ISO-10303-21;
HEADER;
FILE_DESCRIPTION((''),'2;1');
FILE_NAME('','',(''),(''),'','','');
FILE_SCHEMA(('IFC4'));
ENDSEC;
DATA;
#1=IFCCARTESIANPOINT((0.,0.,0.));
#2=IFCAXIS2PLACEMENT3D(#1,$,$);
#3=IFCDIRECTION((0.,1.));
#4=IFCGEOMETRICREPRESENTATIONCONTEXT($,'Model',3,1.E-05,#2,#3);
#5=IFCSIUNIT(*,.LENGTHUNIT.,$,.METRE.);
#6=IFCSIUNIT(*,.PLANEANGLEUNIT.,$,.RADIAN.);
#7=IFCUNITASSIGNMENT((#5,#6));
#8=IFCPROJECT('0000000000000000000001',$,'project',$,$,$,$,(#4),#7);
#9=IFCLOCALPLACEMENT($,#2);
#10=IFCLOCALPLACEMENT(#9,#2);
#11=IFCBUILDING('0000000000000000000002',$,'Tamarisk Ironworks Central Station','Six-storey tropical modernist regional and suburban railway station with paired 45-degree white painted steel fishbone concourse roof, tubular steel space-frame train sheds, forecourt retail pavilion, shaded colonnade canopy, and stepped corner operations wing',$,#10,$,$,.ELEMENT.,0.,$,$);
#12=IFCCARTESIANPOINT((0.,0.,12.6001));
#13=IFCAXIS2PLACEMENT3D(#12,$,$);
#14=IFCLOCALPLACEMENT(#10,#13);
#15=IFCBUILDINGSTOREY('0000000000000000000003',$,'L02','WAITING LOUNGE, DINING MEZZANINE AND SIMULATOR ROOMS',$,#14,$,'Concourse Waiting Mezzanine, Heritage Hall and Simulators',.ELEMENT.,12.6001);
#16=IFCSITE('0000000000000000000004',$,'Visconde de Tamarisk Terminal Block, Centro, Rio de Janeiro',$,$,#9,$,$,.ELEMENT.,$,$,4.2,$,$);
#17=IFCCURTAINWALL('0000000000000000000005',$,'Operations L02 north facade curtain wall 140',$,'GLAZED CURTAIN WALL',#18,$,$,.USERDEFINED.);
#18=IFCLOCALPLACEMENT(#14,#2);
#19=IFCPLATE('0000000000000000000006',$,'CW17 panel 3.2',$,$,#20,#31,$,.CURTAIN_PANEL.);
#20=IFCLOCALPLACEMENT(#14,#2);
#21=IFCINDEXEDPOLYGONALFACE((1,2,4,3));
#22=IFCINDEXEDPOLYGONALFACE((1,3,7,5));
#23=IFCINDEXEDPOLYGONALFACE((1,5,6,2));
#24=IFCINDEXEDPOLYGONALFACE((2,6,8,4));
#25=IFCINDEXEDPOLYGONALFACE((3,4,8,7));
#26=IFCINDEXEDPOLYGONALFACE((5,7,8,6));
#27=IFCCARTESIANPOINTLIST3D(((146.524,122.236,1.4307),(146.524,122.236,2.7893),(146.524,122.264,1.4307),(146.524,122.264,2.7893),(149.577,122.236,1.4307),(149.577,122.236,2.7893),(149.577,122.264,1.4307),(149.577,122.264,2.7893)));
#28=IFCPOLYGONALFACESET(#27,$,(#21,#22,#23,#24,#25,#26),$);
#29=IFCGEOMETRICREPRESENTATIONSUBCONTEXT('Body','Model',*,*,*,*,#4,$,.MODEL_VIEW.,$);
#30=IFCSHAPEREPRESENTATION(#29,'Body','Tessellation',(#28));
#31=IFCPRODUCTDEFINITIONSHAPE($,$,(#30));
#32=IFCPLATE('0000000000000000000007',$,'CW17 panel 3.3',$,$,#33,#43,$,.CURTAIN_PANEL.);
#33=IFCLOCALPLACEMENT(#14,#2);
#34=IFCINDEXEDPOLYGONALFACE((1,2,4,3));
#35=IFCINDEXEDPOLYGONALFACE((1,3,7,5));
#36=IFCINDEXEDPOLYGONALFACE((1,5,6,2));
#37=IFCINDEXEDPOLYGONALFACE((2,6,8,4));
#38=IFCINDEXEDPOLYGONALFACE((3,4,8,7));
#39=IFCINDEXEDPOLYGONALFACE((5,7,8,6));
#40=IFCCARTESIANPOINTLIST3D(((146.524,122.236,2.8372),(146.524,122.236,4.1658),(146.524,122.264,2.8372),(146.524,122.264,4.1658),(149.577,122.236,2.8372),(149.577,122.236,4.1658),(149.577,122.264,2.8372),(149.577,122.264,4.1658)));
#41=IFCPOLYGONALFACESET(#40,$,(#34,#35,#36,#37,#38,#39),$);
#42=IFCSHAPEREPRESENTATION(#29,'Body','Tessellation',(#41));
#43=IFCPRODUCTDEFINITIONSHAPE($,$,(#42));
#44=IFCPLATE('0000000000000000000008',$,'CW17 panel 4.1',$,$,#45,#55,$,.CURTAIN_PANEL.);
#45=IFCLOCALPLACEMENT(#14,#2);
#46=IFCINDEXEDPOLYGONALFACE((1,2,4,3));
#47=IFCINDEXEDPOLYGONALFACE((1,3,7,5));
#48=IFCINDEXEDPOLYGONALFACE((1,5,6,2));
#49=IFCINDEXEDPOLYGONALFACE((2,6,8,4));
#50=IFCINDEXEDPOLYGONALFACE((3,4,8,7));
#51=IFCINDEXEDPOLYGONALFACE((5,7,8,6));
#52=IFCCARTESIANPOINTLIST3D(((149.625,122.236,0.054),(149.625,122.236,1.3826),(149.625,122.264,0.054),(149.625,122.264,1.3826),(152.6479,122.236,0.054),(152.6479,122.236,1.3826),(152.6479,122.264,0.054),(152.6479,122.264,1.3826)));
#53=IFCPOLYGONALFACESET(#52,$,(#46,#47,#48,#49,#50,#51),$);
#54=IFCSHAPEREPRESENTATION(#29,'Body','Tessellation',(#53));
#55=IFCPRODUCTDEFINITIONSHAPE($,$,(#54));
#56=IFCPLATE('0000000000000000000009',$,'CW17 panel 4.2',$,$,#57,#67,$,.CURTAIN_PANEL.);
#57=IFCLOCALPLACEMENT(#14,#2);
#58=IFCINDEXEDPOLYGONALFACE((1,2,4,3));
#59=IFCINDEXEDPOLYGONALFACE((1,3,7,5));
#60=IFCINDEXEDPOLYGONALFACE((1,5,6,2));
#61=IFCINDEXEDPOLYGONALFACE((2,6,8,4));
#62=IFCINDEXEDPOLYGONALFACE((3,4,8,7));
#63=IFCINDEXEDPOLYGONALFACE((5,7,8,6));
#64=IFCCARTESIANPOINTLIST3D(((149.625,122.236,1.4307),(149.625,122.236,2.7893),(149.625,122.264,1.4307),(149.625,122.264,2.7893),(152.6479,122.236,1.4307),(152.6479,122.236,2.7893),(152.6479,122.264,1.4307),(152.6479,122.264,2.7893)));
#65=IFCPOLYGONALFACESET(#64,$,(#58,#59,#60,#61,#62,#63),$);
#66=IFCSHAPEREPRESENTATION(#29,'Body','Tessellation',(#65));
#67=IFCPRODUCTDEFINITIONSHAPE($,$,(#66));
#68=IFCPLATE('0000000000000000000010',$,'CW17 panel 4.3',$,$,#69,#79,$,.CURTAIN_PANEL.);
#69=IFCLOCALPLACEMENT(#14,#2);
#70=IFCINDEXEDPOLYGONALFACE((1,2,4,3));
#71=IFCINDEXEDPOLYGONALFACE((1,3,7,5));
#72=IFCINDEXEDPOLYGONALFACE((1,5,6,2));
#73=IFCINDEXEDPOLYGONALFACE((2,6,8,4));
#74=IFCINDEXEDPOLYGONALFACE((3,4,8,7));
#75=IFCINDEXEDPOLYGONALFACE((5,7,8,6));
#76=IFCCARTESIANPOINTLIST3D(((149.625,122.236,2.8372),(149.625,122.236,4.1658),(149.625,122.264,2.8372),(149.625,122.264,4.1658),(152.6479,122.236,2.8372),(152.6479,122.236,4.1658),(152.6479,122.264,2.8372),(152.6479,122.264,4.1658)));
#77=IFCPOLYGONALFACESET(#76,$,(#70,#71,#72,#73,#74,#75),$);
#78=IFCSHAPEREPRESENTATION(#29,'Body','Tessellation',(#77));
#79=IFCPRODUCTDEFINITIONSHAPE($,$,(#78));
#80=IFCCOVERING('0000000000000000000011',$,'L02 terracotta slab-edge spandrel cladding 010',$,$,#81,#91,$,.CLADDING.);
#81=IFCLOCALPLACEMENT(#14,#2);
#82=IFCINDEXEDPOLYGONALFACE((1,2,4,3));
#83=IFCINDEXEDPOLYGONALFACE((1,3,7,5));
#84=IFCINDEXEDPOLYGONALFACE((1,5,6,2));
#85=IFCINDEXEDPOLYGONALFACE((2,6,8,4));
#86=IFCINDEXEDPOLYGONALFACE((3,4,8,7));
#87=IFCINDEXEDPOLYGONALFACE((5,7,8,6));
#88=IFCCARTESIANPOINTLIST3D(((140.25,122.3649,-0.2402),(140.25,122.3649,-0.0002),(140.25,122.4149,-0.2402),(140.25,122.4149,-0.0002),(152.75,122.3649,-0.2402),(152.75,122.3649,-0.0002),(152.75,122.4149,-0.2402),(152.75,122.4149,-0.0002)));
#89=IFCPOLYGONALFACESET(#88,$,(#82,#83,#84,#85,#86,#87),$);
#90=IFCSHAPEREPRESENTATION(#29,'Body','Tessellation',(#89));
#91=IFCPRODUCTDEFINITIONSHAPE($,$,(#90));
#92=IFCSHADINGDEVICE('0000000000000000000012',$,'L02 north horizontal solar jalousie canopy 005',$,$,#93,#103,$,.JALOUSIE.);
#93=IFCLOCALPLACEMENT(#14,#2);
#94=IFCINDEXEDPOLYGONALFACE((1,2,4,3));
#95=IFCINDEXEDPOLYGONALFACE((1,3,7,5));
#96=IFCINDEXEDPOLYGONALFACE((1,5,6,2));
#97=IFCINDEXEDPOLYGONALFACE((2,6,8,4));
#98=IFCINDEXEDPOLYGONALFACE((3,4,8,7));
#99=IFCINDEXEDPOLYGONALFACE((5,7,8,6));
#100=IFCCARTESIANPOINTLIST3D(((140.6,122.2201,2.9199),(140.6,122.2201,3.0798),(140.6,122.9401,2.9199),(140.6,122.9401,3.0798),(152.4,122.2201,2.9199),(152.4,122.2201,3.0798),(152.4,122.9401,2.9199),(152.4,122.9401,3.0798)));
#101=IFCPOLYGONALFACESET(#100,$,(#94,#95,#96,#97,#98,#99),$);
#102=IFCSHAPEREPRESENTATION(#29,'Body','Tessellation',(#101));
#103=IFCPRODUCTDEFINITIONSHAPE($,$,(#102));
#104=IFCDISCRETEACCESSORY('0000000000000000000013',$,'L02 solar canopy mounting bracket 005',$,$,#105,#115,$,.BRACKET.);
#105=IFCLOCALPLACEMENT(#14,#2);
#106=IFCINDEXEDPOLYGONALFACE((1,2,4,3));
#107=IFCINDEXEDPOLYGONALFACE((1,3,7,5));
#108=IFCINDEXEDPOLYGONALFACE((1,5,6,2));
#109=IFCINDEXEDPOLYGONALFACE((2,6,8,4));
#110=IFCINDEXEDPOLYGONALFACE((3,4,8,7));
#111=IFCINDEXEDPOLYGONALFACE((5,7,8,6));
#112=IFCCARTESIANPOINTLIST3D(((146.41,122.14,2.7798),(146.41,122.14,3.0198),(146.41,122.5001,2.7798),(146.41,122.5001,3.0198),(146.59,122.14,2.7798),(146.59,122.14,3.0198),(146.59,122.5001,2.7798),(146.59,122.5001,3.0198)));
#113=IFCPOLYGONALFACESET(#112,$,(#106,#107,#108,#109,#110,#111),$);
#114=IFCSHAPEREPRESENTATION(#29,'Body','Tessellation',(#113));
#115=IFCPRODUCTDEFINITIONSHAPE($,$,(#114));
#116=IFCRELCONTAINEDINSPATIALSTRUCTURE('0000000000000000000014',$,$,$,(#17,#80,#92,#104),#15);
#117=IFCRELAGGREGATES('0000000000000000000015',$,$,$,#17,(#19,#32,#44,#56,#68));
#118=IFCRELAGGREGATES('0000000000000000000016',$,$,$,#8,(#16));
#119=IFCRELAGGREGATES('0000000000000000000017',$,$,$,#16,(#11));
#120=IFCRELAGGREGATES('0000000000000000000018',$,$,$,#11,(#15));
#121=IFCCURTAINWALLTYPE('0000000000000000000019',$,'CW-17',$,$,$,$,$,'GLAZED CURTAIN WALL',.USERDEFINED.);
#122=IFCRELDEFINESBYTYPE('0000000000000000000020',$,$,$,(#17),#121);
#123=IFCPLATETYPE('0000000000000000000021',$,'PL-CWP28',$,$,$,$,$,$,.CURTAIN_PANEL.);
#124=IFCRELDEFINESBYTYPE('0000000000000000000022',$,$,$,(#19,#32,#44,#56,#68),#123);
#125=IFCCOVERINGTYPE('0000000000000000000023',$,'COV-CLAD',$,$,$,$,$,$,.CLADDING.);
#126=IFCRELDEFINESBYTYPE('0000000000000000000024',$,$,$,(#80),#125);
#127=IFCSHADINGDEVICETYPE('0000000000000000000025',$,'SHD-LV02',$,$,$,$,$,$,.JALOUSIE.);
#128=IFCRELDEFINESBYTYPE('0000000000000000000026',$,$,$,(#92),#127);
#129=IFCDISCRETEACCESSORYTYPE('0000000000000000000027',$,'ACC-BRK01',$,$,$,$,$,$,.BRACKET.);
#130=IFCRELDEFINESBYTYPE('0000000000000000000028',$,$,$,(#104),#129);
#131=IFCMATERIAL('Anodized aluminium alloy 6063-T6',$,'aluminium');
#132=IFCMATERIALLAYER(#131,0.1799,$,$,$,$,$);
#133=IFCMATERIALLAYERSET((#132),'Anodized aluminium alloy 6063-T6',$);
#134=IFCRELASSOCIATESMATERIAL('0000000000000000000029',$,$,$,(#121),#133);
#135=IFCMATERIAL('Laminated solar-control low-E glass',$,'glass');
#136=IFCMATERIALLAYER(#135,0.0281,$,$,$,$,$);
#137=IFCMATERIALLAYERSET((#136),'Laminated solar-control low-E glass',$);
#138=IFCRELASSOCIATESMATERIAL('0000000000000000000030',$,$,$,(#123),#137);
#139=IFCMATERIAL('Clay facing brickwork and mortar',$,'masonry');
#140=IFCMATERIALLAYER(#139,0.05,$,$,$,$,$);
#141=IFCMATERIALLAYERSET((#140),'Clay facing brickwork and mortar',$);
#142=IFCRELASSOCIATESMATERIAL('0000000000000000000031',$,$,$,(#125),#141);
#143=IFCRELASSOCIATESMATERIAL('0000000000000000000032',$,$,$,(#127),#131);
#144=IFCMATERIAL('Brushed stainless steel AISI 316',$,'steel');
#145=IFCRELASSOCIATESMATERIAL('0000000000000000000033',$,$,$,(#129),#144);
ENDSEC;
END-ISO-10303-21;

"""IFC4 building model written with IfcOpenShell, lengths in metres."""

from ifc_helpers import new_model, si_unit, direction, frame, origin, origin_2d, place, context, subcontext, project, spatial, rectangle, extrude, material, layer, layer_set, type_object, element, aggregate, save


model = new_model("IFC4")

# Units and contexts
model_context = context("Model", 3, precision=1e-05, world=origin(), true_north=direction((0.0, 1.0)))
body_context = subcontext(model_context, "Body", "Model", "MODEL_VIEW")
ifc_project = project(units=[si_unit("LENGTHUNIT", "METRE"), si_unit("PLANEANGLEUNIT", "RADIAN")], contexts=[model_context])

# Site, building, storey
site_placement = place(None, origin())
site = spatial("IfcSite", under=ifc_project, at=site_placement, Name="Visconde de Tamarisk Terminal Block, Centro, Rio de Janeiro", CompositionType="ELEMENT", RefElevation=4.2)
building_placement = place(site_placement, origin())
building = spatial("IfcBuilding", under=site, at=building_placement, Name="Tamarisk Ironworks Central Station", Description="Six-storey tropical modernist regional and suburban railway station with paired 45-degree white painted steel fishbone concourse roof, tubular steel space-frame train sheds, forecourt retail pavilion, shaded colonnade canopy, and stepped corner operations wing", CompositionType="ELEMENT", ElevationOfRefHeight=0.0)
storey_placement = place(building_placement, frame((0.0, 0.0, 12.6001)))
storey = spatial("IfcBuildingStorey", under=building, at=storey_placement, Name="L02", Description="WAITING LOUNGE, DINING MEZZANINE AND SIMULATOR ROOMS", LongName="Concourse Waiting Mezzanine, Heritage Hall and Simulators", CompositionType="ELEMENT", Elevation=12.6001)

# Curtain wall
ifc_material_1 = material(Name="Anodized aluminium alloy 6063-T6", Category="aluminium")
ifc_layer_1 = layer(ifc_material_1, 0.1799)
ifc_layer_set_1 = layer_set([ifc_layer_1], Name="Anodized aluminium alloy 6063-T6")
curtain_wall_type = type_object("IfcCurtainWallType", Name="CW-17", ElementType="GLAZED CURTAIN WALL", PredefinedType="USERDEFINED", material=ifc_layer_set_1)
curtain_wall_1_placement = place(storey_placement, origin())
curtain_wall_1 = element("IfcCurtainWall", 1, at=curtain_wall_1_placement, inside=storey, type_object=curtain_wall_type, Name="Operations L02 north facade curtain wall 140", ObjectType="GLAZED CURTAIN WALL", PredefinedType="USERDEFINED")

# Plates
ifc_material_2 = material(Name="Laminated solar-control low-E glass", Category="glass")
ifc_layer_2 = layer(ifc_material_2, 0.0281)
ifc_layer_set_2 = layer_set([ifc_layer_2], Name="Laminated solar-control low-E glass")
plate_type = type_object("IfcPlateType", Name="PL-CWP28", PredefinedType="CURTAIN_PANEL", material=ifc_layer_set_2)
plate_1_placement = place(storey_placement, frame((148.0505, 122.25, 1.4307), z_axis=(0.0, 0.0, 1.0), x_axis=(1.0, 0.0, 0.0)))
plate_1 = element("IfcPlate", 2, at=plate_1_placement, type_object=plate_type, Name="CW17 panel 3.2", PredefinedType="CURTAIN_PANEL", context=body_context, shape_type="SweptSolid", body=[
    extrude(rectangle(XDim=3.053, YDim=0.0281, at=origin_2d()), origin(), (0.0, 0.0, 1.0), 1.3586),
])
plate_2_placement = place(storey_placement, frame((148.0505, 122.25, 2.8372), z_axis=(0.0, 0.0, 1.0), x_axis=(1.0, 0.0, 0.0)))
plate_2 = element("IfcPlate", 3, at=plate_2_placement, type_object=plate_type, Name="CW17 panel 3.3", PredefinedType="CURTAIN_PANEL", context=body_context, shape_type="SweptSolid", body=[
    extrude(rectangle(XDim=3.053, YDim=0.0281, at=origin_2d()), origin(), (0.0, 0.0, 1.0), 1.3286),
])
plate_3_placement = place(storey_placement, frame((151.1365, 122.25, 0.054), z_axis=(0.0, 0.0, 1.0), x_axis=(1.0, 0.0, 0.0)))
plate_3 = element("IfcPlate", 4, at=plate_3_placement, type_object=plate_type, Name="CW17 panel 4.1", PredefinedType="CURTAIN_PANEL", context=body_context, shape_type="SweptSolid", body=[
    extrude(rectangle(XDim=3.0229, YDim=0.0281, at=origin_2d()), origin(), (0.0, 0.0, 1.0), 1.3286),
])
plate_4_placement = place(storey_placement, frame((151.1365, 122.25, 1.4307), z_axis=(0.0, 0.0, 1.0), x_axis=(1.0, 0.0, 0.0)))
plate_4 = element("IfcPlate", 5, at=plate_4_placement, type_object=plate_type, Name="CW17 panel 4.2", PredefinedType="CURTAIN_PANEL", context=body_context, shape_type="SweptSolid", body=[
    extrude(rectangle(XDim=3.0229, YDim=0.0281, at=origin_2d()), origin(), (0.0, 0.0, 1.0), 1.3586),
])
plate_5_placement = place(storey_placement, frame((151.1365, 122.25, 2.8372), z_axis=(0.0, 0.0, 1.0), x_axis=(1.0, 0.0, 0.0)))
plate_5 = element("IfcPlate", 6, at=plate_5_placement, type_object=plate_type, Name="CW17 panel 4.3", PredefinedType="CURTAIN_PANEL", context=body_context, shape_type="SweptSolid", body=[
    extrude(rectangle(XDim=3.0229, YDim=0.0281, at=origin_2d()), origin(), (0.0, 0.0, 1.0), 1.3286),
])
aggregate(curtain_wall_1, [plate_1, plate_2, plate_3, plate_4, plate_5])

# Covering
ifc_material_3 = material(Name="Clay facing brickwork and mortar", Category="masonry")
ifc_layer_3 = layer(ifc_material_3, 0.05)
ifc_layer_set_3 = layer_set([ifc_layer_3], Name="Clay facing brickwork and mortar")
covering_type = type_object("IfcCoveringType", Name="COV-CLAD", PredefinedType="CLADDING", material=ifc_layer_set_3)
covering_placement = place(storey_placement, frame((146.5, 122.3899, -0.2402), z_axis=(0.0, 0.0, 1.0), x_axis=(1.0, 0.0, 0.0)))
element("IfcCovering", 7, at=covering_placement, inside=storey, type_object=covering_type, Name="L02 terracotta slab-edge spandrel cladding 010", PredefinedType="CLADDING", context=body_context, shape_type="SweptSolid", body=[
    extrude(rectangle(XDim=12.5, YDim=0.05, at=origin_2d()), origin(), (0.0, 0.0, 1.0), 0.24),
])

# Shading device
shading_device_type = type_object("IfcShadingDeviceType", Name="SHD-LV02", PredefinedType="JALOUSIE", material=ifc_material_1)
shading_device_placement = place(storey_placement, frame((146.5, 122.5801, 2.9199), z_axis=(0.0, 0.0, 1.0), x_axis=(1.0, 0.0, 0.0)))
element("IfcShadingDevice", 8, at=shading_device_placement, inside=storey, type_object=shading_device_type, Name="L02 north horizontal solar jalousie canopy 005", PredefinedType="JALOUSIE", context=body_context, shape_type="SweptSolid", body=[
    extrude(rectangle(XDim=11.8, YDim=0.72, at=origin_2d()), origin(), (0.0, 0.0, 1.0), 0.1599),
])

# Discrete accessory
ifc_material_4 = material(Name="Brushed stainless steel AISI 316", Category="steel")
discrete_accessory_type = type_object("IfcDiscreteAccessoryType", Name="ACC-BRK01", PredefinedType="BRACKET", material=ifc_material_4)
discrete_accessory_placement = place(storey_placement, frame((146.5, 122.3201, 2.7798), z_axis=(0.0, 0.0, 1.0), x_axis=(1.0, 0.0, 0.0)))
element("IfcDiscreteAccessory", 9, at=discrete_accessory_placement, inside=storey, type_object=discrete_accessory_type, Name="L02 solar canopy mounting bracket 005", PredefinedType="BRACKET", context=body_context, shape_type="SweptSolid", body=[
    extrude(rectangle(XDim=0.1799, YDim=0.3601, at=origin_2d()), origin(), (0.0, 0.0, 1.0), 0.24),
])

save(model, "model.ifc")
